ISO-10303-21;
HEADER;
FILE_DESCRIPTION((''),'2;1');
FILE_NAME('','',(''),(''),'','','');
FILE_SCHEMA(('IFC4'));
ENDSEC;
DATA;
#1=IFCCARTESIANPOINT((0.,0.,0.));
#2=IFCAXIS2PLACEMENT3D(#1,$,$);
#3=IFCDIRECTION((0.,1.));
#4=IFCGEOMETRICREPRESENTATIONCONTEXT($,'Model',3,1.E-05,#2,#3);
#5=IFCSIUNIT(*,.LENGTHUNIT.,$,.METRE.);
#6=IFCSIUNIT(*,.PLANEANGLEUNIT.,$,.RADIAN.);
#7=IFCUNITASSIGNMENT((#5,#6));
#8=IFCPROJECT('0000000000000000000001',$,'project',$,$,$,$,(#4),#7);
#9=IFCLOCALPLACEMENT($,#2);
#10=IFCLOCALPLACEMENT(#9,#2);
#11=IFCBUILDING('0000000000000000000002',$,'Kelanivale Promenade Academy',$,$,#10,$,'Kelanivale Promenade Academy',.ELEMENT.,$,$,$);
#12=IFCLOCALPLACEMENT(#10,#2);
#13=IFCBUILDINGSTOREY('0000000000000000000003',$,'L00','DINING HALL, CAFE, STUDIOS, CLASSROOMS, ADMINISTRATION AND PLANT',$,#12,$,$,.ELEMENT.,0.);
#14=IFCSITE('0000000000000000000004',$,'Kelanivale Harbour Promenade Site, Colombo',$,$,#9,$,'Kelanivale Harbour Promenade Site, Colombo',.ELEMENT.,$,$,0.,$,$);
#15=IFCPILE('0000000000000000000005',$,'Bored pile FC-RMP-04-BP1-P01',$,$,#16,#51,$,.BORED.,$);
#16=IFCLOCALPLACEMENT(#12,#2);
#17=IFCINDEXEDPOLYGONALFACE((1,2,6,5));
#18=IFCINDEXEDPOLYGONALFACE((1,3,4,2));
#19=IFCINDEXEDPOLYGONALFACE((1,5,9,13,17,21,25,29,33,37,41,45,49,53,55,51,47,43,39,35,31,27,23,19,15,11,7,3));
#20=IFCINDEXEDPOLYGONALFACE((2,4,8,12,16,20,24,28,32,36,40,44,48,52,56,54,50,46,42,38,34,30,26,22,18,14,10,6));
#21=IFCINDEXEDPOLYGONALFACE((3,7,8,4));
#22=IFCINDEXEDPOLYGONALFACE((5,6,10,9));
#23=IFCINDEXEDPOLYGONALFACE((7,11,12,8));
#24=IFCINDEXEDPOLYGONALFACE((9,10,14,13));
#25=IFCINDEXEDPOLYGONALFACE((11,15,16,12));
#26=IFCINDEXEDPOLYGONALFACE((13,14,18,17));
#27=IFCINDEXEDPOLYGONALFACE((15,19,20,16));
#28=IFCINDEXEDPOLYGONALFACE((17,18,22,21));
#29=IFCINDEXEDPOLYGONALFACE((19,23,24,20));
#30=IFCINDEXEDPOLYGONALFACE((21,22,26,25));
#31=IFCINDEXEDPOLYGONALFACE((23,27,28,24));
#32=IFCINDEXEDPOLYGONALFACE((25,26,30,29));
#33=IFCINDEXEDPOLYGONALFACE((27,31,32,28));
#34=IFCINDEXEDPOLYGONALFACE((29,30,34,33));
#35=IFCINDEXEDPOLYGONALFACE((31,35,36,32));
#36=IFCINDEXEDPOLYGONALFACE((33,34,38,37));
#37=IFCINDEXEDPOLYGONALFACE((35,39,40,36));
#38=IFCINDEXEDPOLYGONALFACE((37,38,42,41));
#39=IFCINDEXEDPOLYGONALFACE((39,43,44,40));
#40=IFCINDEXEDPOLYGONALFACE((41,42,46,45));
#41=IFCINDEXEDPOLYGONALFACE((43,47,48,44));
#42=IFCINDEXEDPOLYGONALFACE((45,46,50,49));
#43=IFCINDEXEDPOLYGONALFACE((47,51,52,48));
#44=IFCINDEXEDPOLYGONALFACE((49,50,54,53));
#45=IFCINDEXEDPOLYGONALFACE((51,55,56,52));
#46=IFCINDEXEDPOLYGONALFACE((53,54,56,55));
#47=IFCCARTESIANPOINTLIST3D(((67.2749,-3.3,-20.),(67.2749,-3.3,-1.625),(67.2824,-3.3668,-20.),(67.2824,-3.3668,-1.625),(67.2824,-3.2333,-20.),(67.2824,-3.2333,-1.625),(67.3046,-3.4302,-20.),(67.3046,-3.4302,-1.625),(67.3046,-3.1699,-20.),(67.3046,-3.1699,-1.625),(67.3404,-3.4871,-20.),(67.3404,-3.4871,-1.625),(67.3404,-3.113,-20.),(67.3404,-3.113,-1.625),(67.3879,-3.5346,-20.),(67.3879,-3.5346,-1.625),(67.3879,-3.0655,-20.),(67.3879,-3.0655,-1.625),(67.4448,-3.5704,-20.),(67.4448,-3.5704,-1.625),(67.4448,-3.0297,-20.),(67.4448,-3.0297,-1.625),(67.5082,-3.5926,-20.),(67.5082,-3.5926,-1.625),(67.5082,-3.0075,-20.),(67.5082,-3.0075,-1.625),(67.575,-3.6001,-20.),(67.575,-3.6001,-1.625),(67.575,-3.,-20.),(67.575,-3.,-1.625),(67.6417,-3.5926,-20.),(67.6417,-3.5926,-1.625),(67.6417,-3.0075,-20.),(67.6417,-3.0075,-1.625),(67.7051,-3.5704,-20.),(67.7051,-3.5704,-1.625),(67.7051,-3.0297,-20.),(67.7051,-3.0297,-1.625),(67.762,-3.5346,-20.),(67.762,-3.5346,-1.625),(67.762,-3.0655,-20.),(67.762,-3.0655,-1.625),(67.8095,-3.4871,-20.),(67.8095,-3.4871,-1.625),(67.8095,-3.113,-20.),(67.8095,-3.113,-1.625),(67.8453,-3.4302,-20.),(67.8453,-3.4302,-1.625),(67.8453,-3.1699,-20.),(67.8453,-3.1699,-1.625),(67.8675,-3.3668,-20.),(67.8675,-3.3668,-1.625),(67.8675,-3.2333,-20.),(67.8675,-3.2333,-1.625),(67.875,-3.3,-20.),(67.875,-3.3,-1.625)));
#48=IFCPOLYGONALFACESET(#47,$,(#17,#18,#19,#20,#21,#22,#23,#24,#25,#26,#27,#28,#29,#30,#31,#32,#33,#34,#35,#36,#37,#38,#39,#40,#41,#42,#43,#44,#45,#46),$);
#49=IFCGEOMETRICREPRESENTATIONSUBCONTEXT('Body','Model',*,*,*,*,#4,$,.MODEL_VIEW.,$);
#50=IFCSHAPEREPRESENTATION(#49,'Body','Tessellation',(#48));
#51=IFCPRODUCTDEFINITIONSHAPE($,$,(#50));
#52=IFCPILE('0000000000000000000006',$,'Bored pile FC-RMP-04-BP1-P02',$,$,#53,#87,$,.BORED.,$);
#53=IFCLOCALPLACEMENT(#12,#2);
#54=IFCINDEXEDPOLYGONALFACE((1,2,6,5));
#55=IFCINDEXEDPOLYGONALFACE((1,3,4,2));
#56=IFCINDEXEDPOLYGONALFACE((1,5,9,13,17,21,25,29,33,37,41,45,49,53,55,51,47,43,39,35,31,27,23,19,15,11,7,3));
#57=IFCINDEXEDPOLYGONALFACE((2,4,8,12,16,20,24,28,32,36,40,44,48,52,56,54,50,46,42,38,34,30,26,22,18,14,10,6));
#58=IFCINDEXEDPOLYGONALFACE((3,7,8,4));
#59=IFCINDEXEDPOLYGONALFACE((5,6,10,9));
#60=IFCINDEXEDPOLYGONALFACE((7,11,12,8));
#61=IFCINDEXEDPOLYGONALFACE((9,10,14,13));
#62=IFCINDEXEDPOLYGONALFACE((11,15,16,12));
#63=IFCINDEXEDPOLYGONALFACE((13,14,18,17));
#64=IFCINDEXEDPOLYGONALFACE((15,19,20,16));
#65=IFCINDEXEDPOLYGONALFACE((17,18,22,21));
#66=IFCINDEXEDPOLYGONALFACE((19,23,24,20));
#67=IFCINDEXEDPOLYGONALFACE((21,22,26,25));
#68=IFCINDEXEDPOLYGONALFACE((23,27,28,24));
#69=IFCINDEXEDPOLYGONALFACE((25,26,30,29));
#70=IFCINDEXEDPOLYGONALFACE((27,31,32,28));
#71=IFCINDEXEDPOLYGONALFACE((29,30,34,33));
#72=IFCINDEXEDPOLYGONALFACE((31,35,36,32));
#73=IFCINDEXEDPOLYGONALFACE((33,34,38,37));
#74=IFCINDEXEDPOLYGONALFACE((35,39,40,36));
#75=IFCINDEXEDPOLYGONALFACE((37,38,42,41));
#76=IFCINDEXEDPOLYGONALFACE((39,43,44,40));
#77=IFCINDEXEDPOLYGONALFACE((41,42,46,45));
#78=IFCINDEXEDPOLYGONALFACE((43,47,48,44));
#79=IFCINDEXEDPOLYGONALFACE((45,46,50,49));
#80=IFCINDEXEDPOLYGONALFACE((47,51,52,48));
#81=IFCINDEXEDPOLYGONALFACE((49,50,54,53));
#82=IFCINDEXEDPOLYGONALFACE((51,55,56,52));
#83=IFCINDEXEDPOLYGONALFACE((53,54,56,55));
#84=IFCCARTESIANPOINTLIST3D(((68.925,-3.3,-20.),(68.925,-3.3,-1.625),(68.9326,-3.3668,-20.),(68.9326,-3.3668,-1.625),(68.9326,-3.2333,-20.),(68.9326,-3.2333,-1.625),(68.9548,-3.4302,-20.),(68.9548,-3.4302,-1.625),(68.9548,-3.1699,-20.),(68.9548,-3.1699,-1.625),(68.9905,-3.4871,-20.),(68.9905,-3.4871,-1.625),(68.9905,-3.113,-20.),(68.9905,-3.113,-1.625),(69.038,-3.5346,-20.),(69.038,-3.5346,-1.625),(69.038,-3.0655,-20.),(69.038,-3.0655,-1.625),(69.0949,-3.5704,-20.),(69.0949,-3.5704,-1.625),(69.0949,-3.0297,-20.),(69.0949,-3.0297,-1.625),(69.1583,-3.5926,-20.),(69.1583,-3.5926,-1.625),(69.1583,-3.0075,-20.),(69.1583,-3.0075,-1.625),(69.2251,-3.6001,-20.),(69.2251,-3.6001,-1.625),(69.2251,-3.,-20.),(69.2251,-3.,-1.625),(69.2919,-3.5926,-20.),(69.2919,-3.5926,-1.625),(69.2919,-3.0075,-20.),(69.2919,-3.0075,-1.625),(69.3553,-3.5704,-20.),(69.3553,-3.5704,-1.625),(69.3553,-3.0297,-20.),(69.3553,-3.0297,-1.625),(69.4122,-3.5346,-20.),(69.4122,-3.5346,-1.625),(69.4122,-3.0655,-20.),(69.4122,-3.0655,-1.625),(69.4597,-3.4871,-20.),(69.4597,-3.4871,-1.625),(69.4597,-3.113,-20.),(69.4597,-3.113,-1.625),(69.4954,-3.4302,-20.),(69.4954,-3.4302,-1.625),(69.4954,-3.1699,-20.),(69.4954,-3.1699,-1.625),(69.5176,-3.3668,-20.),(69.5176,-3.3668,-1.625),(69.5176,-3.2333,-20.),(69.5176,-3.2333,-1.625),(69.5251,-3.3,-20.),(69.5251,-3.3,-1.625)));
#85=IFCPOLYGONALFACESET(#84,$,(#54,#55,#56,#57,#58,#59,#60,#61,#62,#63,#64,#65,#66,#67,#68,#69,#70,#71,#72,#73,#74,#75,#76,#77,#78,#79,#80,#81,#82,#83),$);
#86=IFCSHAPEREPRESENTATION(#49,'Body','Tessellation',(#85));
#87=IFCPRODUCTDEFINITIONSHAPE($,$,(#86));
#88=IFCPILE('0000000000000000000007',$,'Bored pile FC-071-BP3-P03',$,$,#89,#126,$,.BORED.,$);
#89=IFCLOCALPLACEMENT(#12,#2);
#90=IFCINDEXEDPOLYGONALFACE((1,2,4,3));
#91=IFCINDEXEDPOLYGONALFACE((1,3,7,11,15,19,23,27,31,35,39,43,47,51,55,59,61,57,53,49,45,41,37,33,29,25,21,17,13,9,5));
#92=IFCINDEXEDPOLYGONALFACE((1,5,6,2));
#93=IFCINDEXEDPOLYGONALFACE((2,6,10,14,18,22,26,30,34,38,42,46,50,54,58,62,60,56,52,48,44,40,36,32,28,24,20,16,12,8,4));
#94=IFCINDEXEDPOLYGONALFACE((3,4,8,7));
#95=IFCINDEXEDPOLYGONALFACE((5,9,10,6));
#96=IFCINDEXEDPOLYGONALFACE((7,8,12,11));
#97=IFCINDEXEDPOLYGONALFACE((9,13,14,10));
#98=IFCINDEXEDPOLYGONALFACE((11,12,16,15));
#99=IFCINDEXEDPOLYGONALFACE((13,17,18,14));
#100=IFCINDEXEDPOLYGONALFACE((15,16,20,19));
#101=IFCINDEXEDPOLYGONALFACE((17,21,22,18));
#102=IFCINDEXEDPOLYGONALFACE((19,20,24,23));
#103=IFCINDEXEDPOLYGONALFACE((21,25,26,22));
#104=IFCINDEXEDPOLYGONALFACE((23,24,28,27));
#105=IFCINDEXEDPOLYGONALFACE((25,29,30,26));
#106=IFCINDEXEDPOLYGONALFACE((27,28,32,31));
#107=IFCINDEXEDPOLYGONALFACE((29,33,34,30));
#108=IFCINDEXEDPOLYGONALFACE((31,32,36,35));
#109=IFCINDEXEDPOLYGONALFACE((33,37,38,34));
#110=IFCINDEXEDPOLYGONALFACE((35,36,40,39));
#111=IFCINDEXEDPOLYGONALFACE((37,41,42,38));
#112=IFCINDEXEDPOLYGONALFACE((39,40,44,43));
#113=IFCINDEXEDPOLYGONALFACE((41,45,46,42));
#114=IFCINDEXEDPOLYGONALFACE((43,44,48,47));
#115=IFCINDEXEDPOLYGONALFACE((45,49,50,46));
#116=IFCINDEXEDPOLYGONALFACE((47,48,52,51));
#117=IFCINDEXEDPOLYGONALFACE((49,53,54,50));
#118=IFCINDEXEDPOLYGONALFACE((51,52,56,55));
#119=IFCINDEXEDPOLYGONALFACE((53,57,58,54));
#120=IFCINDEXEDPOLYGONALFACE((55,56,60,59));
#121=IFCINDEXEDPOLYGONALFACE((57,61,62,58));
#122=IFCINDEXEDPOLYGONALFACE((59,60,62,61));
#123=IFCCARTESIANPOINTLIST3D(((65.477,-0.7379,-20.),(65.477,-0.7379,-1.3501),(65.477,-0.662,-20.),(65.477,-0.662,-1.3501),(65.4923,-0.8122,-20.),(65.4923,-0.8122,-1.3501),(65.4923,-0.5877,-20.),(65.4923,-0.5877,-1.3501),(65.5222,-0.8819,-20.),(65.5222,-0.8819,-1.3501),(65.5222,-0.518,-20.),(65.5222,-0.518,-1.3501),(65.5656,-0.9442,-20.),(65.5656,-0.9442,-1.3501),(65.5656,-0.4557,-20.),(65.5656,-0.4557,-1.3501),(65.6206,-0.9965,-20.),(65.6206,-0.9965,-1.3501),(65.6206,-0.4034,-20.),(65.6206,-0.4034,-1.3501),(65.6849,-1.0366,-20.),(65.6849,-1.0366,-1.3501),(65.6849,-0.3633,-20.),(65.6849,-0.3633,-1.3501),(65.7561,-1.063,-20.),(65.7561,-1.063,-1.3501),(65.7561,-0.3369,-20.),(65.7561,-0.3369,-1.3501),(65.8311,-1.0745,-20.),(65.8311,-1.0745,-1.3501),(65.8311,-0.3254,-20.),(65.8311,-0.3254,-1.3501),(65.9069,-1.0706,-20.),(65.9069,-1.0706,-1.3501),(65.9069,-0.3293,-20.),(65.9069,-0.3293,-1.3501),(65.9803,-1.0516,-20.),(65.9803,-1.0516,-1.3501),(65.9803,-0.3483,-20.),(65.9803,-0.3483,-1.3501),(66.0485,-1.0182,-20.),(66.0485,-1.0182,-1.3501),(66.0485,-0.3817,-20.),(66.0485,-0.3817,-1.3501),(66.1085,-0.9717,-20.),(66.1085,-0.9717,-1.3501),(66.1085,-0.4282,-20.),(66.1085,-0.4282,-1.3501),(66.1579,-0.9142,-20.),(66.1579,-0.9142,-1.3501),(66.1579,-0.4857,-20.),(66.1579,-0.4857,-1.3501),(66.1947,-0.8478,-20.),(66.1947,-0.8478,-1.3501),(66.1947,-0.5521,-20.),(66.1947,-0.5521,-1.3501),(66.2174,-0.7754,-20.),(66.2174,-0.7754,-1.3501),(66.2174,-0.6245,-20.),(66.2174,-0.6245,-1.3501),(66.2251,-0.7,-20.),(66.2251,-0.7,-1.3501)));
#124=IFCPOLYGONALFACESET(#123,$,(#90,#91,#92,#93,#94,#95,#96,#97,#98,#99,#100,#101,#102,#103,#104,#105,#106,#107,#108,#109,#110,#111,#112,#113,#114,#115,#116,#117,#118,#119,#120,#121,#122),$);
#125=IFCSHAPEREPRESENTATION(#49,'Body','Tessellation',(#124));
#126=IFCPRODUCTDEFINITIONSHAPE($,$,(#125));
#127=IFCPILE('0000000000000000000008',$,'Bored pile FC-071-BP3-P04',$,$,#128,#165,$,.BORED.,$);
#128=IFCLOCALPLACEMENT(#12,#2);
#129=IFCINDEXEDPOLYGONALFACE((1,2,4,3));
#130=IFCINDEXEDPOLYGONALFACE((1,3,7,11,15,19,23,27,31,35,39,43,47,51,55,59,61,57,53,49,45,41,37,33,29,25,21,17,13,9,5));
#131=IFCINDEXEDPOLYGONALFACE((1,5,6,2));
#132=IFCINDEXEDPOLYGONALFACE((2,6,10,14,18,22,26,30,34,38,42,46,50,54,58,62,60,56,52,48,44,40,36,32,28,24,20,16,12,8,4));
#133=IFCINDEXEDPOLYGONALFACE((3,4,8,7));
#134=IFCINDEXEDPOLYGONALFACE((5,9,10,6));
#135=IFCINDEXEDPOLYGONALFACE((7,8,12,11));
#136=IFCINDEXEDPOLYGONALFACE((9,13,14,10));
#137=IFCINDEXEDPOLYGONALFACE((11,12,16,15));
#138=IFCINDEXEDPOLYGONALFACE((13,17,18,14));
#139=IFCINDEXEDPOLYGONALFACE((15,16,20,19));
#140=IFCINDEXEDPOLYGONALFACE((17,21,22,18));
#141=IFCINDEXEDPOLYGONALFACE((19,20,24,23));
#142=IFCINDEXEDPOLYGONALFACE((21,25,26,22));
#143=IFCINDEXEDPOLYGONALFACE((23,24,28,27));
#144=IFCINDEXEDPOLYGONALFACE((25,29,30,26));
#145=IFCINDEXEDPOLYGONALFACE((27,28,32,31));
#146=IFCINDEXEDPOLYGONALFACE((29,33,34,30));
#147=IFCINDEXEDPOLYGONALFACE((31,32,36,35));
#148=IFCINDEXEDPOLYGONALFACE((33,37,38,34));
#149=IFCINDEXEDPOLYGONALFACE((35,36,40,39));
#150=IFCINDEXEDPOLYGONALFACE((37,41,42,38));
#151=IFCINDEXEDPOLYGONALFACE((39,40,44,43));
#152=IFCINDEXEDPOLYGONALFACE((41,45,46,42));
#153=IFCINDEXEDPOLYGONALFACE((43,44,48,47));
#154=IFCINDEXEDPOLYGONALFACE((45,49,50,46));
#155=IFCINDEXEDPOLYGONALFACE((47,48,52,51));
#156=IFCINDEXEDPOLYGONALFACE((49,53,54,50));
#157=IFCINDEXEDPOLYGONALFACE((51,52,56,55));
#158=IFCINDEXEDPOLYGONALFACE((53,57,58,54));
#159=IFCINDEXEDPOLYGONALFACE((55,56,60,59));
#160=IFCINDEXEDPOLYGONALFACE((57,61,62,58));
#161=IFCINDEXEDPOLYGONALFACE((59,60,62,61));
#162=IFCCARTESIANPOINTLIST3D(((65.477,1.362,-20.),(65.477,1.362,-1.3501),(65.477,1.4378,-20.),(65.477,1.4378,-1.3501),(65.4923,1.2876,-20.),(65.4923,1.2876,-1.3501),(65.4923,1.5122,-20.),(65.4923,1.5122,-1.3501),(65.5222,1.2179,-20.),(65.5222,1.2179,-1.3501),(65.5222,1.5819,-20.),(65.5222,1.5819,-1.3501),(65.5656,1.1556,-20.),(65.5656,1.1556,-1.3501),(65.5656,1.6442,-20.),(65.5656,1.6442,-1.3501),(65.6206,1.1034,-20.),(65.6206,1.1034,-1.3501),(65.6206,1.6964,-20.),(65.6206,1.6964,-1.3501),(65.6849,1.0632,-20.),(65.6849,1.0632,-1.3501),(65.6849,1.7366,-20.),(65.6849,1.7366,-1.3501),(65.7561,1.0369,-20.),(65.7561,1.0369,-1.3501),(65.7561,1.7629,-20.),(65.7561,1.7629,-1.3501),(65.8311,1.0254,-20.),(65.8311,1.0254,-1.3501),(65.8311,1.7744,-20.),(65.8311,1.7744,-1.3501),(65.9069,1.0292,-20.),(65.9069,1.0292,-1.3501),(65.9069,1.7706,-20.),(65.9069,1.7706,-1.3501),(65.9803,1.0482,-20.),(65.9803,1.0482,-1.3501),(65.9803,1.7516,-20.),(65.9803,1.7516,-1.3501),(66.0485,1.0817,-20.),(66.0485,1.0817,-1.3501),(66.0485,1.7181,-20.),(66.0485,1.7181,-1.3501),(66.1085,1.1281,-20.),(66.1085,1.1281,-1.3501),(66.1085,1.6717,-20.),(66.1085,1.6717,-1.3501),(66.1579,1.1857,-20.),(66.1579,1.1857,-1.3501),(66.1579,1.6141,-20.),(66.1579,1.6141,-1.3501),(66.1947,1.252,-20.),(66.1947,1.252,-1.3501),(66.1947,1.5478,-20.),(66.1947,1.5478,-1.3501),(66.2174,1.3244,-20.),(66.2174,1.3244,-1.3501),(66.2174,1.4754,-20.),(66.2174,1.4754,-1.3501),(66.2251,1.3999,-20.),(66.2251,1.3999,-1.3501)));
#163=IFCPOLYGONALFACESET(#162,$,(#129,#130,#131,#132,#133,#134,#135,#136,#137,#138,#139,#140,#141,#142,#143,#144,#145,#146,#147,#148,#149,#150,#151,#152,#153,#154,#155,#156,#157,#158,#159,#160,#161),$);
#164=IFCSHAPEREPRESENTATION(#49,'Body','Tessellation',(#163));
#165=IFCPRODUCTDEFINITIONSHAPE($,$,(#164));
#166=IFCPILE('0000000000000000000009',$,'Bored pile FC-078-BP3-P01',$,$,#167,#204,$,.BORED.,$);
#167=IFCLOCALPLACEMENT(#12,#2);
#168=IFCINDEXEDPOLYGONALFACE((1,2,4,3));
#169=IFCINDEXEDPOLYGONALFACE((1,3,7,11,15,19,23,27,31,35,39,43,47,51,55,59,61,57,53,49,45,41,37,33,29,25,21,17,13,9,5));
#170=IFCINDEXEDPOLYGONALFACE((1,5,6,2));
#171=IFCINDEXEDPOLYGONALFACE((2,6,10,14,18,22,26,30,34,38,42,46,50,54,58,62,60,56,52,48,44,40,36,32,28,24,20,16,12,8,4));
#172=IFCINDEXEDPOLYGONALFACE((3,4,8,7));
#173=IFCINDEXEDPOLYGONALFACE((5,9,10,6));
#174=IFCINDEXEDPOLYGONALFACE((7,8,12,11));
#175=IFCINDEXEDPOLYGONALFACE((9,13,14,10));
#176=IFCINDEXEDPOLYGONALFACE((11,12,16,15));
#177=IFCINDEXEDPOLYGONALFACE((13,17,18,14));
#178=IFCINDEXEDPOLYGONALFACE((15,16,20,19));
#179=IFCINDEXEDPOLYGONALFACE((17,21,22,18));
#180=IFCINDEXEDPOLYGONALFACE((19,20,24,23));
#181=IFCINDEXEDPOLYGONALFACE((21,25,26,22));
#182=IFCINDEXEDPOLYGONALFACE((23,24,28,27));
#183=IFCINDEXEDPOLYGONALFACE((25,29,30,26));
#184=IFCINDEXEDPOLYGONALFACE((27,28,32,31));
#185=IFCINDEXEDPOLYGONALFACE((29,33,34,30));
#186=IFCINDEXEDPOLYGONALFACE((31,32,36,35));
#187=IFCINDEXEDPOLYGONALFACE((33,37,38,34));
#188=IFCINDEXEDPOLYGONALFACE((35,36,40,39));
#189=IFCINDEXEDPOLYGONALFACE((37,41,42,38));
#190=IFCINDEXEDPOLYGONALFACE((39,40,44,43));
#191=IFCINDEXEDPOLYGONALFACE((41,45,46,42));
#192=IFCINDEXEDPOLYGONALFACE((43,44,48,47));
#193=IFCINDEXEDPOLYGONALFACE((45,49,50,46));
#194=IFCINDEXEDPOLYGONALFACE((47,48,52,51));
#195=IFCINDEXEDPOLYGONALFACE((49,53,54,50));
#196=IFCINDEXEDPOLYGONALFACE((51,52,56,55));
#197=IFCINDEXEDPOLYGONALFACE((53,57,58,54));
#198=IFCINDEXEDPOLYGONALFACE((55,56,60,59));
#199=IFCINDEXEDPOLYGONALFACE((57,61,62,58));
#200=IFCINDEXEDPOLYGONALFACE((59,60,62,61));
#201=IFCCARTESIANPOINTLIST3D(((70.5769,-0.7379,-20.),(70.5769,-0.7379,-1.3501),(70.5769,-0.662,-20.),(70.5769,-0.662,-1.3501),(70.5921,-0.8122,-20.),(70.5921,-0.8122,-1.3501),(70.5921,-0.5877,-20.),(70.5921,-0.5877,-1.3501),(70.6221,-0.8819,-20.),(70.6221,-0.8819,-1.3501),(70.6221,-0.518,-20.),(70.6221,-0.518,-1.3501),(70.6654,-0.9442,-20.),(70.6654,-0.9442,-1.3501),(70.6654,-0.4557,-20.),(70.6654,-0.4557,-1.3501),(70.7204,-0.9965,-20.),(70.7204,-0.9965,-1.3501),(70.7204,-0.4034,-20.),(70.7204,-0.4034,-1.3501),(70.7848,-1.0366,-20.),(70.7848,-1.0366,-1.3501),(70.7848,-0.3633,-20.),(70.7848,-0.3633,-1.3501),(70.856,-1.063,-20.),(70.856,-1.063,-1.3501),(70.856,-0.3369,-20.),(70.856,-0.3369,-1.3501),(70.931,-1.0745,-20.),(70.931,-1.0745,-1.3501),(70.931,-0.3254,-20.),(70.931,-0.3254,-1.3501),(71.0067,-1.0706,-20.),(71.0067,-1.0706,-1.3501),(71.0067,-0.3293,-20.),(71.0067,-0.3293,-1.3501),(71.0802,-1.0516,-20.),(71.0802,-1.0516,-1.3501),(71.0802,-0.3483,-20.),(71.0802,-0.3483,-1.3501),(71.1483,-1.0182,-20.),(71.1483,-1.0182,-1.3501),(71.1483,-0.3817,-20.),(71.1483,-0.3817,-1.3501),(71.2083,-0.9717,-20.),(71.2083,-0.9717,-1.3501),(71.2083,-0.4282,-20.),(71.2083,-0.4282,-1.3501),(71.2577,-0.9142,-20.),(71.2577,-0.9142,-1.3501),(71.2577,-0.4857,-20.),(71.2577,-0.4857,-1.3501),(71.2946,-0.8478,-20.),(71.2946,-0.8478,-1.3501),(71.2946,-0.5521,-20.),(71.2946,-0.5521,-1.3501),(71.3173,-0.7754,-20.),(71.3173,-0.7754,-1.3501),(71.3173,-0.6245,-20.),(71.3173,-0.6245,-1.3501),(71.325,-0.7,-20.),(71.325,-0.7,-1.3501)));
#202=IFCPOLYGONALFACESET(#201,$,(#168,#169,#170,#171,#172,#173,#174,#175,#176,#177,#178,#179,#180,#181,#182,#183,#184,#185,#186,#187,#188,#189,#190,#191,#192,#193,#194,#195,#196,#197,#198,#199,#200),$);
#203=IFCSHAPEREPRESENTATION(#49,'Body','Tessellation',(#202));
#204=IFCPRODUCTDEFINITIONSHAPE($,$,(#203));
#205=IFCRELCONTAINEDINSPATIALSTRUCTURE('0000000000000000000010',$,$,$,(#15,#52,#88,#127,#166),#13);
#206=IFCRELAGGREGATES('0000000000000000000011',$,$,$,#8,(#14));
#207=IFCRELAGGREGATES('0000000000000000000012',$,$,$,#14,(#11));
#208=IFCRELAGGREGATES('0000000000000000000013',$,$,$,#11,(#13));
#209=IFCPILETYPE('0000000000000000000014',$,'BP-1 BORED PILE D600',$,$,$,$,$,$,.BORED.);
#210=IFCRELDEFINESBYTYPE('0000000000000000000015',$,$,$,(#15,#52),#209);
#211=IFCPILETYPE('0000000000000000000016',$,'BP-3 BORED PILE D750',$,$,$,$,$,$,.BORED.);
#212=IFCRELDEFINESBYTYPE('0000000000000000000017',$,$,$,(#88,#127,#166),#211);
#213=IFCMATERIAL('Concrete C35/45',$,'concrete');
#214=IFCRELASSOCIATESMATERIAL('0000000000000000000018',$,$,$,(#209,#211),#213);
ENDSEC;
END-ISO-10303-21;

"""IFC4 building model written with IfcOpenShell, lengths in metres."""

from ifc_helpers import new_model, si_unit, direction, frame, origin, origin_2d, place, context, subcontext, project, spatial, circle, extrude, material, material_profile, profile_set, type_object, element, save


model = new_model("IFC4")

# Units and contexts
model_context = context("Model", 3, precision=1e-05, world=origin(), true_north=direction((0.0, 1.0)))
body_context = subcontext(model_context, "Body", "Model", "MODEL_VIEW")
ifc_project = project(units=[si_unit("LENGTHUNIT", "METRE"), si_unit("PLANEANGLEUNIT", "RADIAN")], contexts=[model_context])

# Site, building, storey
site_placement = place(None, origin())
site = spatial("IfcSite", under=ifc_project, at=site_placement, Name="Kelanivale Harbour Promenade Site, Colombo", LongName="Kelanivale Harbour Promenade Site, Colombo", CompositionType="ELEMENT", RefElevation=0.0)
building_placement = place(site_placement, origin())
building = spatial("IfcBuilding", under=site, at=building_placement, Name="Kelanivale Promenade Academy", LongName="Kelanivale Promenade Academy", CompositionType="ELEMENT")
storey_placement = place(building_placement, origin())
storey = spatial("IfcBuildingStorey", under=building, at=storey_placement, Name="L00", Description="DINING HALL, CAFE, STUDIOS, CLASSROOMS, ADMINISTRATION AND PLANT", CompositionType="ELEMENT", Elevation=0.0)

# Piles
ifc_material_1 = material(Name="Concrete C35/45", Category="concrete")
ifc_material_profile_1 = material_profile(ifc_material_1, circle(Radius=0.3, at=origin_2d()), Name="BORED PILE D600")
ifc_profile_set_1 = profile_set([ifc_material_profile_1], Name="Concrete C35/45")
pile_type_1 = type_object("IfcPileType", Name="BP-1 BORED PILE D600", PredefinedType="BORED", material=ifc_profile_set_1)
for number, where, z_axis, x_axis, name in (
    (1, (67.575, -3.3, -1.625), (0.0, 0.0, -1.0), (1.0, 0.0, 0.0), "Bored pile FC-RMP-04-BP1-P01"),
    (2, (69.2251, -3.3, -1.625), (0.0, 0.0, -1.0), (1.0, 0.0, 0.0), "Bored pile FC-RMP-04-BP1-P02"),
):
    element("IfcPile", number, at=place(storey_placement, frame(where, z_axis=z_axis, x_axis=x_axis)), inside=storey, type_object=pile_type_1, Name=name, PredefinedType="BORED", context=body_context, shape_type="SweptSolid", body=[
        extrude(circle(Radius=0.3, at=origin_2d()), origin(), (0.0, 0.0, 1.0), 18.375),
    ])
ifc_material_profile_2 = material_profile(ifc_material_1, circle(Radius=0.375, at=origin_2d()), Name="BORED PILE D750")
ifc_profile_set_2 = profile_set([ifc_material_profile_2], Name="Concrete C35/45")
pile_type_2 = type_object("IfcPileType", Name="BP-3 BORED PILE D750", PredefinedType="BORED", material=ifc_profile_set_2)
for number, where, z_axis, x_axis, name in (
    (3, (65.8501, -0.7, -1.3501), (0.0, 0.0, -1.0), (1.0, 0.0, 0.0), "Bored pile FC-071-BP3-P03"),
    (4, (65.8501, 1.3999, -1.3501), (0.0, 0.0, -1.0), (1.0, 0.0, 0.0), "Bored pile FC-071-BP3-P04"),
    (5, (70.95, -0.7, -1.3501), (0.0, 0.0, -1.0), (1.0, 0.0, 0.0), "Bored pile FC-078-BP3-P01"),
):
    element("IfcPile", number, at=place(storey_placement, frame(where, z_axis=z_axis, x_axis=x_axis)), inside=storey, type_object=pile_type_2, Name=name, PredefinedType="BORED", context=body_context, shape_type="SweptSolid", body=[
        extrude(circle(Radius=0.375, at=origin_2d()), origin(), (0.0, 0.0, 1.0), 18.6499),
    ])

save(model, "model.ifc")
